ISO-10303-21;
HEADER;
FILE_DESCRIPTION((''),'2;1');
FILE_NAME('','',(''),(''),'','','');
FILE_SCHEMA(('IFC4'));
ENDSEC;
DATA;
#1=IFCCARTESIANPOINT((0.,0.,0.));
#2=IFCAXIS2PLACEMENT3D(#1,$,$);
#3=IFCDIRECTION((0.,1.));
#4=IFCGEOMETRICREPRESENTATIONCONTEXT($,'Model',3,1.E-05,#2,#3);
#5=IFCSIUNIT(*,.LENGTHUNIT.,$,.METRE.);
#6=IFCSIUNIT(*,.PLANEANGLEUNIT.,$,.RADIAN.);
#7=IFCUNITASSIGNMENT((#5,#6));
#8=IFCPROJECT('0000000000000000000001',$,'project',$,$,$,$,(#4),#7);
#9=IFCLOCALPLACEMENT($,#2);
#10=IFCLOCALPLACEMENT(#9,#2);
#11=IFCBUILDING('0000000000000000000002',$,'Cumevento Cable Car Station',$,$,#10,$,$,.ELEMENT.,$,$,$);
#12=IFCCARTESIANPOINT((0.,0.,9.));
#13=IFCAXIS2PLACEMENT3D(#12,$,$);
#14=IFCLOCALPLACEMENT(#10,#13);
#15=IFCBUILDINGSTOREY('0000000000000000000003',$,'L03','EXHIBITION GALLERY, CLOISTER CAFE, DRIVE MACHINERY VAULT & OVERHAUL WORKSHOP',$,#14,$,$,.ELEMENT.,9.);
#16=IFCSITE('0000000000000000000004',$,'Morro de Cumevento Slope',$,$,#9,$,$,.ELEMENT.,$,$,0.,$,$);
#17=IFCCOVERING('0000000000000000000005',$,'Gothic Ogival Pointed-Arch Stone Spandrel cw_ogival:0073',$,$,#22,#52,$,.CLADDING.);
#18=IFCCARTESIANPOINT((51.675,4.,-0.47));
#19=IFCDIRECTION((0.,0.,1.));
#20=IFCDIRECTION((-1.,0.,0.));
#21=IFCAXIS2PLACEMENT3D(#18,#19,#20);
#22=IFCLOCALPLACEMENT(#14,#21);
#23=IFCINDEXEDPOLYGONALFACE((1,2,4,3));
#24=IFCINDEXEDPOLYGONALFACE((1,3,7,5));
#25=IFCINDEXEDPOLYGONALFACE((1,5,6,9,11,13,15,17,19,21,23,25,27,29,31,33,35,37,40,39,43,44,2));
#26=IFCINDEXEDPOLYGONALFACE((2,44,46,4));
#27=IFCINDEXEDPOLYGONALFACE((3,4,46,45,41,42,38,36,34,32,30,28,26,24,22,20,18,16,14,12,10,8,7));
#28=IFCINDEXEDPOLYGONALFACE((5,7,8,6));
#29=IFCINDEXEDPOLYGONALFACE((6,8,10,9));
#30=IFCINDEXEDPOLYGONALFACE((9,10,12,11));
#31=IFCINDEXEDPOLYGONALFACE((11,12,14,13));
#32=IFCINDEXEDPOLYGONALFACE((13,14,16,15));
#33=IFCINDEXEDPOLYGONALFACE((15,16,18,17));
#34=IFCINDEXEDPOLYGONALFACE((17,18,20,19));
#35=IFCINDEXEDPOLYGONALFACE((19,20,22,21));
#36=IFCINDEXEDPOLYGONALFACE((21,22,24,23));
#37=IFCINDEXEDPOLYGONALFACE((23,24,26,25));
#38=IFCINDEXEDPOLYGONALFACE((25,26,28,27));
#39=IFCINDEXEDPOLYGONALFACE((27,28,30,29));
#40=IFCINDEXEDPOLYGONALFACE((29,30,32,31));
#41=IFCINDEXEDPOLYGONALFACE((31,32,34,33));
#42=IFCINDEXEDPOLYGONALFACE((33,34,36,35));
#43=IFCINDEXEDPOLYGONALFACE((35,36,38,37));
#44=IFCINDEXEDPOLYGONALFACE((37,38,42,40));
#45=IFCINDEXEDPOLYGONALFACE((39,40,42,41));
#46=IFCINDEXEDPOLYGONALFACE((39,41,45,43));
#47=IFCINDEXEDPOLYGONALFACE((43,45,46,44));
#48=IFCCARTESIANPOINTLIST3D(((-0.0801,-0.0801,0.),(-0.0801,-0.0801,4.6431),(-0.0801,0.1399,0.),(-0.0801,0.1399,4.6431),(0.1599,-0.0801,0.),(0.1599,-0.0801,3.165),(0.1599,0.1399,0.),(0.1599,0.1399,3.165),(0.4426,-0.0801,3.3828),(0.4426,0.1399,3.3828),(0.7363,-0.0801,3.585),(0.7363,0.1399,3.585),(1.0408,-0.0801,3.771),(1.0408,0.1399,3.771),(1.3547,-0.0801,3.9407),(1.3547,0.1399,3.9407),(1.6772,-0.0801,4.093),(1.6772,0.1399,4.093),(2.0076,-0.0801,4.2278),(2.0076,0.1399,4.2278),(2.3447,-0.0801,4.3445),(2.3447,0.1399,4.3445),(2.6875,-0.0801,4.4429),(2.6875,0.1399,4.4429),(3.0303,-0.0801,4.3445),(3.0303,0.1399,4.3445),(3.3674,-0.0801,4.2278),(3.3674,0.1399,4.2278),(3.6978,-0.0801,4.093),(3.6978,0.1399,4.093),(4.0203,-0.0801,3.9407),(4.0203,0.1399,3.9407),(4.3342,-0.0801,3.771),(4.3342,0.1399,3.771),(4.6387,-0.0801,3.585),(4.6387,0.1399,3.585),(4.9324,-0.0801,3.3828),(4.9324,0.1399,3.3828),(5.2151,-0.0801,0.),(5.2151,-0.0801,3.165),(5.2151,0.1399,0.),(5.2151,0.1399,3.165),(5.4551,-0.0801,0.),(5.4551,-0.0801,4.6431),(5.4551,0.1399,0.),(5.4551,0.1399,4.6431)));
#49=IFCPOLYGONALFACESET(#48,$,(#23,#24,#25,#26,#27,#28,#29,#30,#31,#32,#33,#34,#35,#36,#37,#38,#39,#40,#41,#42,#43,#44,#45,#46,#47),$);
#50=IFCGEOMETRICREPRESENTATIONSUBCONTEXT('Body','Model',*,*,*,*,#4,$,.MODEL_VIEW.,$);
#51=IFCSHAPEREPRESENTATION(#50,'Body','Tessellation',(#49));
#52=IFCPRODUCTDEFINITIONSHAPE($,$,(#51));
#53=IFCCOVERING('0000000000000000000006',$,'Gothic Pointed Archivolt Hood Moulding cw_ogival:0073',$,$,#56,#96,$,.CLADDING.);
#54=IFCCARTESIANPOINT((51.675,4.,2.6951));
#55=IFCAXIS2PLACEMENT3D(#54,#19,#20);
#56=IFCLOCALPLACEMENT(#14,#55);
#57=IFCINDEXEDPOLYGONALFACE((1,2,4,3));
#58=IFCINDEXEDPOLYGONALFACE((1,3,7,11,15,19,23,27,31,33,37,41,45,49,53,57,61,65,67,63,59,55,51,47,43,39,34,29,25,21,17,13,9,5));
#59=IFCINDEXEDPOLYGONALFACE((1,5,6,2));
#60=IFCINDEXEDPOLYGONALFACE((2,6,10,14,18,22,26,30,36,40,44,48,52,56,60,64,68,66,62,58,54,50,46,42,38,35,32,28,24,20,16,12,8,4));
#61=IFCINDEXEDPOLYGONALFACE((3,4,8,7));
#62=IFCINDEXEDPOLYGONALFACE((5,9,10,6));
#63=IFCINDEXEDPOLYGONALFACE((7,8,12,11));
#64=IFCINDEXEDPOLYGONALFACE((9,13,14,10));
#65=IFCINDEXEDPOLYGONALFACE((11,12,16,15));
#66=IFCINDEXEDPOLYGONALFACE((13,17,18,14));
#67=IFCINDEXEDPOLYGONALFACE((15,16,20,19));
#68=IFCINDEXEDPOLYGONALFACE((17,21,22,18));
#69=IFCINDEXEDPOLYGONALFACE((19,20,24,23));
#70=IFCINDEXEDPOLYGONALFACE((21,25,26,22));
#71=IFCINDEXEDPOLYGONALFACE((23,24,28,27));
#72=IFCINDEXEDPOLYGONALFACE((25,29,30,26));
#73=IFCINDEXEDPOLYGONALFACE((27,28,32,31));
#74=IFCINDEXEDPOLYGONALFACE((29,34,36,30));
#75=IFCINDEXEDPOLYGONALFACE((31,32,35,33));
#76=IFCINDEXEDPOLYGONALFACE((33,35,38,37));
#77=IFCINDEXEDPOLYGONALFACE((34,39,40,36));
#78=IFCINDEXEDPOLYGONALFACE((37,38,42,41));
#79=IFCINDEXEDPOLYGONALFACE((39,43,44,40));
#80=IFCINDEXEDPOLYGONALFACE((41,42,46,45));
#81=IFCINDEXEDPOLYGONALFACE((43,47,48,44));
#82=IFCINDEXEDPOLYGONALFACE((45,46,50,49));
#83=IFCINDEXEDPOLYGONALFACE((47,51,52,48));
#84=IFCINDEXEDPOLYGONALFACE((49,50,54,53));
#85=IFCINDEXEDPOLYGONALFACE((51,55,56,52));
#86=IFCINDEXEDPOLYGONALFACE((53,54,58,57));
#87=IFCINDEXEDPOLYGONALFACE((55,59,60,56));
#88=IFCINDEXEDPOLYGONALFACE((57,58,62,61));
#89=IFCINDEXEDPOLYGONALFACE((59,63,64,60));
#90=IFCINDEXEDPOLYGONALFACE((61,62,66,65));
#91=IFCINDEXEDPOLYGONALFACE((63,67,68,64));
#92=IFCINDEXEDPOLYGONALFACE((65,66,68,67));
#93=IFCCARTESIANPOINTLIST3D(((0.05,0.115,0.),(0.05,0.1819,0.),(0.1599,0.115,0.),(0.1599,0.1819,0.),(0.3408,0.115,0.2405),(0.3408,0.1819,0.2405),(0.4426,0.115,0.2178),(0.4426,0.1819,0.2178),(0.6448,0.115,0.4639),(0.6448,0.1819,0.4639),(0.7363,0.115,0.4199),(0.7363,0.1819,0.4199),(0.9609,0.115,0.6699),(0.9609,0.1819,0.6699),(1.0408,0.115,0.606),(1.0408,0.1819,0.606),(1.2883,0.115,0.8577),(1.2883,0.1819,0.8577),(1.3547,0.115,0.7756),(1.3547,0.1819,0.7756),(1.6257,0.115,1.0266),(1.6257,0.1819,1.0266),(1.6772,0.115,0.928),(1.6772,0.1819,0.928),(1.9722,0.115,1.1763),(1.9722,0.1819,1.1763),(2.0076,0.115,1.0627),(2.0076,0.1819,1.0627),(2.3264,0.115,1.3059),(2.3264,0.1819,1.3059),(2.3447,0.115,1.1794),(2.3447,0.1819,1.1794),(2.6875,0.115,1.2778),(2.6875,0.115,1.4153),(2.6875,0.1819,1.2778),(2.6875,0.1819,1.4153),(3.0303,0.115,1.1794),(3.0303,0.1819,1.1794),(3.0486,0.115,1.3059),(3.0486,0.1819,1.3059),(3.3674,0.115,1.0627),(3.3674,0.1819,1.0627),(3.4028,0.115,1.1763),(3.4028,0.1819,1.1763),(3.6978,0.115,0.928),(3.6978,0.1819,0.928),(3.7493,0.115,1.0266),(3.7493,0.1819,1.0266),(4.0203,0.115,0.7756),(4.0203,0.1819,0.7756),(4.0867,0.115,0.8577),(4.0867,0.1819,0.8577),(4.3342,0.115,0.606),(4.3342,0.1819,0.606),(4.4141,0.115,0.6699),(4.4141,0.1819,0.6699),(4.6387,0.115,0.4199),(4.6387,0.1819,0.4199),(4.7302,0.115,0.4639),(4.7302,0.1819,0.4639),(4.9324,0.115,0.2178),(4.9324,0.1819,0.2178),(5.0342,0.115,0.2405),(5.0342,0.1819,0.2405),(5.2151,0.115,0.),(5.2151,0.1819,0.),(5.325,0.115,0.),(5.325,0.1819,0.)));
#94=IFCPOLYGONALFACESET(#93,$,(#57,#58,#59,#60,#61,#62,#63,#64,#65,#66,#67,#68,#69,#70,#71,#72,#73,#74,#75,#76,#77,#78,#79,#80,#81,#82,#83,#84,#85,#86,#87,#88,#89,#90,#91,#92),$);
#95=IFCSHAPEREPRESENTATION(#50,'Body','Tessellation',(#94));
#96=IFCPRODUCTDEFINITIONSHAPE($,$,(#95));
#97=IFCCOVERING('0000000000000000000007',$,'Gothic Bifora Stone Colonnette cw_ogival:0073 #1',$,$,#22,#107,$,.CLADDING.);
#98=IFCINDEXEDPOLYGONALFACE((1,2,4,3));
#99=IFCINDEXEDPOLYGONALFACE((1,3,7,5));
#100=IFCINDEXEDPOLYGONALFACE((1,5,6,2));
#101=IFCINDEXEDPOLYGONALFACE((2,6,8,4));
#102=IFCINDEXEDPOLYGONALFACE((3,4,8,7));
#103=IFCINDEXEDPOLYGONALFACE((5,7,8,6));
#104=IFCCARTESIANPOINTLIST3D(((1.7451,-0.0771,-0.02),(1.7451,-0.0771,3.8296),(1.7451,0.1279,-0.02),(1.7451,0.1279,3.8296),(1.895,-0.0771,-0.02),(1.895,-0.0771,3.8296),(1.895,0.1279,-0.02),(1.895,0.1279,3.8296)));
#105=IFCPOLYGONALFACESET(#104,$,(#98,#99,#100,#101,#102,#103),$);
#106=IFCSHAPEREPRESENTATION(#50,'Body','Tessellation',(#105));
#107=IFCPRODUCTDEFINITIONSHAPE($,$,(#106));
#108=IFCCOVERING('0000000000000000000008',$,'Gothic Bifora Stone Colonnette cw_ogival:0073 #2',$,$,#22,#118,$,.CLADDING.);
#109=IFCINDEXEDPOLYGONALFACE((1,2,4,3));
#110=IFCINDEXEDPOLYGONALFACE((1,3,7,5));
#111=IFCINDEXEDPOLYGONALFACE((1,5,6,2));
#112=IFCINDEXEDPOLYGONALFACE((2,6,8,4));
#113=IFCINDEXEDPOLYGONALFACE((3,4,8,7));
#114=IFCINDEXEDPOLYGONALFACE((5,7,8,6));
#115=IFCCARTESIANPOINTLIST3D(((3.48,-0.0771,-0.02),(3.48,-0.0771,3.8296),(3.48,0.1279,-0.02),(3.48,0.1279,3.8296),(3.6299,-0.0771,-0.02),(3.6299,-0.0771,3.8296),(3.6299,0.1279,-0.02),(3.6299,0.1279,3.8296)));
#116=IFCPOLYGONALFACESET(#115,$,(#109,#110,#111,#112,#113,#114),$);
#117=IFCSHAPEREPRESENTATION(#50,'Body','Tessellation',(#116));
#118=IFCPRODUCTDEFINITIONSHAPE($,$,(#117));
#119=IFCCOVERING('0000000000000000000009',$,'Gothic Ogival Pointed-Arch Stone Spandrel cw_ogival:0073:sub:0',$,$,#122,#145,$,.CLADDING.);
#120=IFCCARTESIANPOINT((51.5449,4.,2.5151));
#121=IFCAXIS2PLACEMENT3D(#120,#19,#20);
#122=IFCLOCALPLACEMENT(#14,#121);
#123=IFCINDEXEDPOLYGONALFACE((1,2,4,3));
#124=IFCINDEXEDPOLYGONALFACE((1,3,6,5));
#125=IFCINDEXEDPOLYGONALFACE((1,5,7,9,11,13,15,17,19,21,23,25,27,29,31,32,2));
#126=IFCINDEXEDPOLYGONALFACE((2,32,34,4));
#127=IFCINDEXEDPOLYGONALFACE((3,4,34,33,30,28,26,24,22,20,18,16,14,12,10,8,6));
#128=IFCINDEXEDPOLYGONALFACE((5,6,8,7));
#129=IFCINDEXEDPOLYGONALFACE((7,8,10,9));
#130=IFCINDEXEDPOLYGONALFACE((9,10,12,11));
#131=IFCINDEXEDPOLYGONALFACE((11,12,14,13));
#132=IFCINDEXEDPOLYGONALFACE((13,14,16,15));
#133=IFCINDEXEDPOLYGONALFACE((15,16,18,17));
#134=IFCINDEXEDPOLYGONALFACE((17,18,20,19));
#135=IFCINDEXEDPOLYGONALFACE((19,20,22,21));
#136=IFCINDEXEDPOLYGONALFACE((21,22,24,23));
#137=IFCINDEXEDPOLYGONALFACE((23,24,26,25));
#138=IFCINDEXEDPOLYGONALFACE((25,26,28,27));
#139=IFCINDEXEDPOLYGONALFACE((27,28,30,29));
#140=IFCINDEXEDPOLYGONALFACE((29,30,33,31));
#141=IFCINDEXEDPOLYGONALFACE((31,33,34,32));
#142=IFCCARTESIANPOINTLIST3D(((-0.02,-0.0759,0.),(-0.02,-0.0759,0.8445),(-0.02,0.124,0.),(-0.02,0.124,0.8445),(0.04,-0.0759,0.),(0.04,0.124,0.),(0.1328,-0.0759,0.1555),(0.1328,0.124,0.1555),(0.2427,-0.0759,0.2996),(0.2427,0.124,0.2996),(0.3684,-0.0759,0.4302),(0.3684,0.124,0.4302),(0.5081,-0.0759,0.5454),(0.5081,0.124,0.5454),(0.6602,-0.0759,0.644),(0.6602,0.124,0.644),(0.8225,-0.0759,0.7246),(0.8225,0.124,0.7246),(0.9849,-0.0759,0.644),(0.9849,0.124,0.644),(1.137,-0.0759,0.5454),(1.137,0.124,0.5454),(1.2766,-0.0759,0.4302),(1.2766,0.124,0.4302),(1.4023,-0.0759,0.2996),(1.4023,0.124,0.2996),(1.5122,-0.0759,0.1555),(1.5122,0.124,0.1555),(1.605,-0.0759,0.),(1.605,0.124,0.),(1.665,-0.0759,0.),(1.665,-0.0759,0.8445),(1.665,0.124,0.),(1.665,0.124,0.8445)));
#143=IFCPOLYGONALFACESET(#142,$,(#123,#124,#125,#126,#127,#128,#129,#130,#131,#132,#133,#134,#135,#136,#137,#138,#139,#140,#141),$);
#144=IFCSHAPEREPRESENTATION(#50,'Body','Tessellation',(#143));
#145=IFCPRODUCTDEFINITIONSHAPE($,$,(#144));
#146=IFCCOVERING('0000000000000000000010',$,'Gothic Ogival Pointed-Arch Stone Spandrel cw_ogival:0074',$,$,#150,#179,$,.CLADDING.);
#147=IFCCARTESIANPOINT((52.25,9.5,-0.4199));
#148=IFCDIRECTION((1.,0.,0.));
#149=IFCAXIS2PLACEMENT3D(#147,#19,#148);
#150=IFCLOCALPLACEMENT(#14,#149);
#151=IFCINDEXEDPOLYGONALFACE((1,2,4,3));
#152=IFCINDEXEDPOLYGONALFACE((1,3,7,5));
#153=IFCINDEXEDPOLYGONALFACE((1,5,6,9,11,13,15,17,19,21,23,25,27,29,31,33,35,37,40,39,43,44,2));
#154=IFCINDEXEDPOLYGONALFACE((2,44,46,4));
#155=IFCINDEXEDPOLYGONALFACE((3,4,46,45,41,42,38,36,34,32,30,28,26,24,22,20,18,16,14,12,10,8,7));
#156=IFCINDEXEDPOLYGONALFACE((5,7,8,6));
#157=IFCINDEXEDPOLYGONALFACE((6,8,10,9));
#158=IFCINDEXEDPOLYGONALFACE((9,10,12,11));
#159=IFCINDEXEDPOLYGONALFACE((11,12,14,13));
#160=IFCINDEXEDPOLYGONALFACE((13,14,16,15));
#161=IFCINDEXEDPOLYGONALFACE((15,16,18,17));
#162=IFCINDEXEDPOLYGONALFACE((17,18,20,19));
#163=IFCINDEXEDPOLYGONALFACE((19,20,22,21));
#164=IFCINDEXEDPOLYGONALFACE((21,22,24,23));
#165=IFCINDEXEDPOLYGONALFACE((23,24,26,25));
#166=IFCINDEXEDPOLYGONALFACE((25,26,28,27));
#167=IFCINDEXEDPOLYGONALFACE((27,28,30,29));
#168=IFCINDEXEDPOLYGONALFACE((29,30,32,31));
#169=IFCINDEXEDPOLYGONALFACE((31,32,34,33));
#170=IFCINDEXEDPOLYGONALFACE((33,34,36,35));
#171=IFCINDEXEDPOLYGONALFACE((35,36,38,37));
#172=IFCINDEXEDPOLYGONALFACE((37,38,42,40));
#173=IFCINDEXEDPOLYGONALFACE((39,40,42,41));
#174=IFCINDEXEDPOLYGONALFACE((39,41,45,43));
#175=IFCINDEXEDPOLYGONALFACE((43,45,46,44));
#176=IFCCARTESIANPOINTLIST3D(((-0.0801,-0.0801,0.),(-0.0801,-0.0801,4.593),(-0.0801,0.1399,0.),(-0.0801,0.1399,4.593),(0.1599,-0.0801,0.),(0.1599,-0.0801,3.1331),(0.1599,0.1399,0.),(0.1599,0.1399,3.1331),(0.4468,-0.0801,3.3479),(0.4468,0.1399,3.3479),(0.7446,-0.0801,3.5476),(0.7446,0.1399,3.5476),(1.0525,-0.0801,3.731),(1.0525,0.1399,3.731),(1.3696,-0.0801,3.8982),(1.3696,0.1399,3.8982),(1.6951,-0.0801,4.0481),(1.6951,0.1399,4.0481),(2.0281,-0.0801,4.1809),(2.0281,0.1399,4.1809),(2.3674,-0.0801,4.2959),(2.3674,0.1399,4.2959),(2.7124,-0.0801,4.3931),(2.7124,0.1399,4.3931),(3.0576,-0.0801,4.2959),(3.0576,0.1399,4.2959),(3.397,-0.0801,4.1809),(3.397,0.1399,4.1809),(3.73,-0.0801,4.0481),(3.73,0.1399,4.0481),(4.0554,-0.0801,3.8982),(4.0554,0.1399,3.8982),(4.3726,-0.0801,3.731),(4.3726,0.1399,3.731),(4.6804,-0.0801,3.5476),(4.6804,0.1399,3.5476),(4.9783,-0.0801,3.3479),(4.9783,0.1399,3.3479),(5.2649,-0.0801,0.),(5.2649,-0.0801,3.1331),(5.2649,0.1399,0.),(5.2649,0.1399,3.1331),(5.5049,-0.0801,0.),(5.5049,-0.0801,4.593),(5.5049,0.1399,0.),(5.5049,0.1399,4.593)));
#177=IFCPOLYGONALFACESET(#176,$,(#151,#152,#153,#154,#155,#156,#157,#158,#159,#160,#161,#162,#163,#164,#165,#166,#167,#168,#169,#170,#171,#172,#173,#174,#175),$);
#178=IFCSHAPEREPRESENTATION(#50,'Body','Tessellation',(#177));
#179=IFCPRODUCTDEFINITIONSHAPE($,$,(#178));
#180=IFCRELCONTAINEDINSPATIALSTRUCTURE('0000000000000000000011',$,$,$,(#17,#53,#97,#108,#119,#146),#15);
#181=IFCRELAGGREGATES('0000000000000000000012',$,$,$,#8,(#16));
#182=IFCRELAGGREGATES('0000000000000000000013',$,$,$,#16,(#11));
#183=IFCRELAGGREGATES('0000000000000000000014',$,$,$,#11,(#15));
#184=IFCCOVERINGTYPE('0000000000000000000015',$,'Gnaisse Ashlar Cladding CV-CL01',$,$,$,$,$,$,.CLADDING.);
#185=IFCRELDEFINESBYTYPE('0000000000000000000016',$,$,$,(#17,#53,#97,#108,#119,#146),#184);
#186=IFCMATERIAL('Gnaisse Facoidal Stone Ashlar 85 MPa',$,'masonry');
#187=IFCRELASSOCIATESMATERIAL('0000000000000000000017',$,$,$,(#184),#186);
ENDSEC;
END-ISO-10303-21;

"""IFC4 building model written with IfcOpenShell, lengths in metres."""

from ifc_helpers import new_model, si_unit, direction, frame, origin, place, context, subcontext, project, spatial, polyline, outline, extrude, material, type_object, element, save


model = new_model("IFC4")

# Units and contexts
model_context = context("Model", 3, precision=1e-05, world=origin(), true_north=direction((0.0, 1.0)))
body_context = subcontext(model_context, "Body", "Model", "MODEL_VIEW")
ifc_project = project(units=[si_unit("LENGTHUNIT", "METRE"), si_unit("PLANEANGLEUNIT", "RADIAN")], contexts=[model_context])

# Site, building, storey
site_placement = place(None, origin())
site = spatial("IfcSite", under=ifc_project, at=site_placement, Name="Morro de Cumevento Slope", CompositionType="ELEMENT", RefElevation=0.0)
building_placement = place(site_placement, origin())
building = spatial("IfcBuilding", under=site, at=building_placement, Name="Cumevento Cable Car Station", CompositionType="ELEMENT")
storey_placement = place(building_placement, frame((0.0, 0.0, 9.0)))
storey = spatial("IfcBuildingStorey", under=building, at=storey_placement, Name="L03", Description="EXHIBITION GALLERY, CLOISTER CAFE, DRIVE MACHINERY VAULT & OVERHAUL WORKSHOP", CompositionType="ELEMENT", Elevation=9.0)

# Coverings
ifc_material_1 = material(Name="Gnaisse Facoidal Stone Ashlar 85 MPa", Category="masonry")
covering_type = type_object("IfcCoveringType", Name="Gnaisse Ashlar Cladding CV-CL01", PredefinedType="CLADDING", material=ifc_material_1)
placement_1 = place(storey_placement, frame((51.675, 4.0, -0.47), z_axis=(0.0, 0.0, 1.0), x_axis=(-1.0, 0.0, 0.0)))
element("IfcCovering", 1, at=placement_1, inside=storey, type_object=covering_type, Name="Gothic Ogival Pointed-Arch Stone Spandrel cw_ogival:0073", PredefinedType="CLADDING", context=body_context, shape_type="SweptSolid", body=[
    extrude(outline(polyline([(-0.0801, 0.0), (-0.0801, 4.6431), (5.4551, 4.6431), (5.4551, 0.0), (5.2151, 0.0), (5.2151, 3.165), (4.9324, 3.3828), (4.6387, 3.585), (4.3342, 3.771), (4.0203, 3.9407), (3.6978, 4.093), (3.3674, 4.2278), (3.0303, 4.3445), (2.6875, 4.4429), (2.3447, 4.3445), (2.0076, 4.2278), (1.6772, 4.093), (1.3547, 3.9407), (1.0408, 3.771), (0.7363, 3.585), (0.4426, 3.3828), (0.1599, 3.165), (0.1599, 0.0), (-0.0801, 0.0)])), frame((0.0, 0.1399, 0.0), z_axis=(0.0, -1.0, 0.0), x_axis=(1.0, 0.0, 0.0)), (0.0, 0.0, 1.0), 0.22),
])
covering_1_placement = place(storey_placement, frame((51.675, 4.0, 2.6951), z_axis=(0.0, 0.0, 1.0), x_axis=(-1.0, 0.0, 0.0)))
element("IfcCovering", 2, at=covering_1_placement, inside=storey, type_object=covering_type, Name="Gothic Pointed Archivolt Hood Moulding cw_ogival:0073", PredefinedType="CLADDING", context=body_context, shape_type="SweptSolid", body=[
    extrude(outline(polyline([(0.1599, 0.0), (0.4426, 0.2178), (0.7363, 0.4199), (1.0408, 0.606), (1.3547, 0.7756), (1.6772, 0.928), (2.0076, 1.0627), (2.3447, 1.1794), (2.6875, 1.2778), (3.0303, 1.1794), (3.3674, 1.0627), (3.6978, 0.928), (4.0203, 0.7756), (4.3342, 0.606), (4.6387, 0.4199), (4.9324, 0.2178), (5.2151, 0.0), (5.325, 0.0), (5.0342, 0.2405), (4.7302, 0.4639), (4.4141, 0.6699), (4.0867, 0.8577), (3.7493, 1.0266), (3.4028, 1.1763), (3.0486, 1.3059), (2.6875, 1.4153), (2.3264, 1.3059), (1.9722, 1.1763), (1.6257, 1.0266), (1.2883, 0.8577), (0.9609, 0.6699), (0.6448, 0.4639), (0.3408, 0.2405), (0.05, 0.0), (0.1599, 0.0)])), frame((0.0, 0.1819, 0.0), z_axis=(0.0, -1.0, 0.0), x_axis=(1.0, 0.0, 0.0)), (0.0, 0.0, 1.0), 0.0669),
])
element("IfcCovering", 3, at=placement_1, inside=storey, type_object=covering_type, Name="Gothic Bifora Stone Colonnette cw_ogival:0073 #1", PredefinedType="CLADDING", context=body_context, shape_type="SweptSolid", body=[
    extrude(outline(polyline([(1.7451, -0.02), (1.895, -0.02), (1.895, 3.8296), (1.7451, 3.8296), (1.7451, -0.02)])), frame((0.0, 0.1279, 0.0), z_axis=(0.0, -1.0, 0.0), x_axis=(1.0, 0.0, 0.0)), (0.0, 0.0, 1.0), 0.2051),
])
element("IfcCovering", 4, at=placement_1, inside=storey, type_object=covering_type, Name="Gothic Bifora Stone Colonnette cw_ogival:0073 #2", PredefinedType="CLADDING", context=body_context, shape_type="SweptSolid", body=[
    extrude(outline(polyline([(3.48, -0.02), (3.6299, -0.02), (3.6299, 3.8296), (3.48, 3.8296), (3.48, -0.02)])), frame((0.0, 0.1279, 0.0), z_axis=(0.0, -1.0, 0.0), x_axis=(1.0, 0.0, 0.0)), (0.0, 0.0, 1.0), 0.2051),
])
covering_2_placement = place(storey_placement, frame((51.5449, 4.0, 2.5151), z_axis=(0.0, 0.0, 1.0), x_axis=(-1.0, 0.0, 0.0)))
element("IfcCovering", 5, at=covering_2_placement, inside=storey, type_object=covering_type, Name="Gothic Ogival Pointed-Arch Stone Spandrel cw_ogival:0073:sub:0", PredefinedType="CLADDING", context=body_context, shape_type="SweptSolid", body=[
    extrude(outline(polyline([(-0.02, 0.0), (-0.02, 0.8445), (1.665, 0.8445), (1.665, 0.0), (1.605, 0.0), (1.5122, 0.1555), (1.4023, 0.2996), (1.2766, 0.4302), (1.137, 0.5454), (0.9849, 0.644), (0.8225, 0.7246), (0.6602, 0.644), (0.5081, 0.5454), (0.3684, 0.4302), (0.2427, 0.2996), (0.1328, 0.1555), (0.04, 0.0), (-0.02, 0.0)])), frame((0.0, 0.124, 0.0), z_axis=(0.0, -1.0, 0.0), x_axis=(1.0, 0.0, 0.0)), (0.0, 0.0, 1.0), 0.2),
])
placement_2 = place(storey_placement, frame((52.25, 9.5, -0.4199), z_axis=(0.0, 0.0, 1.0), x_axis=(1.0, 0.0, 0.0)))
element("IfcCovering", 6, at=placement_2, inside=storey, type_object=covering_type, Name="Gothic Ogival Pointed-Arch Stone Spandrel cw_ogival:0074", PredefinedType="CLADDING", context=body_context, shape_type="SweptSolid", body=[
    extrude(outline(polyline([(-0.0801, 0.0), (-0.0801, 4.593), (5.5049, 4.593), (5.5049, 0.0), (5.2649, 0.0), (5.2649, 3.1331), (4.9783, 3.3479), (4.6804, 3.5476), (4.3726, 3.731), (4.0554, 3.8982), (3.73, 4.0481), (3.397, 4.1809), (3.0576, 4.2959), (2.7124, 4.3931), (2.3674, 4.2959), (2.0281, 4.1809), (1.6951, 4.0481), (1.3696, 3.8982), (1.0525, 3.731), (0.7446, 3.5476), (0.4468, 3.3479), (0.1599, 3.1331), (0.1599, 0.0), (-0.0801, 0.0)])), frame((0.0, 0.1399, 0.0), z_axis=(0.0, -1.0, 0.0), x_axis=(1.0, 0.0, 0.0)), (0.0, 0.0, 1.0), 0.22),
])

save(model, "model.ifc")
